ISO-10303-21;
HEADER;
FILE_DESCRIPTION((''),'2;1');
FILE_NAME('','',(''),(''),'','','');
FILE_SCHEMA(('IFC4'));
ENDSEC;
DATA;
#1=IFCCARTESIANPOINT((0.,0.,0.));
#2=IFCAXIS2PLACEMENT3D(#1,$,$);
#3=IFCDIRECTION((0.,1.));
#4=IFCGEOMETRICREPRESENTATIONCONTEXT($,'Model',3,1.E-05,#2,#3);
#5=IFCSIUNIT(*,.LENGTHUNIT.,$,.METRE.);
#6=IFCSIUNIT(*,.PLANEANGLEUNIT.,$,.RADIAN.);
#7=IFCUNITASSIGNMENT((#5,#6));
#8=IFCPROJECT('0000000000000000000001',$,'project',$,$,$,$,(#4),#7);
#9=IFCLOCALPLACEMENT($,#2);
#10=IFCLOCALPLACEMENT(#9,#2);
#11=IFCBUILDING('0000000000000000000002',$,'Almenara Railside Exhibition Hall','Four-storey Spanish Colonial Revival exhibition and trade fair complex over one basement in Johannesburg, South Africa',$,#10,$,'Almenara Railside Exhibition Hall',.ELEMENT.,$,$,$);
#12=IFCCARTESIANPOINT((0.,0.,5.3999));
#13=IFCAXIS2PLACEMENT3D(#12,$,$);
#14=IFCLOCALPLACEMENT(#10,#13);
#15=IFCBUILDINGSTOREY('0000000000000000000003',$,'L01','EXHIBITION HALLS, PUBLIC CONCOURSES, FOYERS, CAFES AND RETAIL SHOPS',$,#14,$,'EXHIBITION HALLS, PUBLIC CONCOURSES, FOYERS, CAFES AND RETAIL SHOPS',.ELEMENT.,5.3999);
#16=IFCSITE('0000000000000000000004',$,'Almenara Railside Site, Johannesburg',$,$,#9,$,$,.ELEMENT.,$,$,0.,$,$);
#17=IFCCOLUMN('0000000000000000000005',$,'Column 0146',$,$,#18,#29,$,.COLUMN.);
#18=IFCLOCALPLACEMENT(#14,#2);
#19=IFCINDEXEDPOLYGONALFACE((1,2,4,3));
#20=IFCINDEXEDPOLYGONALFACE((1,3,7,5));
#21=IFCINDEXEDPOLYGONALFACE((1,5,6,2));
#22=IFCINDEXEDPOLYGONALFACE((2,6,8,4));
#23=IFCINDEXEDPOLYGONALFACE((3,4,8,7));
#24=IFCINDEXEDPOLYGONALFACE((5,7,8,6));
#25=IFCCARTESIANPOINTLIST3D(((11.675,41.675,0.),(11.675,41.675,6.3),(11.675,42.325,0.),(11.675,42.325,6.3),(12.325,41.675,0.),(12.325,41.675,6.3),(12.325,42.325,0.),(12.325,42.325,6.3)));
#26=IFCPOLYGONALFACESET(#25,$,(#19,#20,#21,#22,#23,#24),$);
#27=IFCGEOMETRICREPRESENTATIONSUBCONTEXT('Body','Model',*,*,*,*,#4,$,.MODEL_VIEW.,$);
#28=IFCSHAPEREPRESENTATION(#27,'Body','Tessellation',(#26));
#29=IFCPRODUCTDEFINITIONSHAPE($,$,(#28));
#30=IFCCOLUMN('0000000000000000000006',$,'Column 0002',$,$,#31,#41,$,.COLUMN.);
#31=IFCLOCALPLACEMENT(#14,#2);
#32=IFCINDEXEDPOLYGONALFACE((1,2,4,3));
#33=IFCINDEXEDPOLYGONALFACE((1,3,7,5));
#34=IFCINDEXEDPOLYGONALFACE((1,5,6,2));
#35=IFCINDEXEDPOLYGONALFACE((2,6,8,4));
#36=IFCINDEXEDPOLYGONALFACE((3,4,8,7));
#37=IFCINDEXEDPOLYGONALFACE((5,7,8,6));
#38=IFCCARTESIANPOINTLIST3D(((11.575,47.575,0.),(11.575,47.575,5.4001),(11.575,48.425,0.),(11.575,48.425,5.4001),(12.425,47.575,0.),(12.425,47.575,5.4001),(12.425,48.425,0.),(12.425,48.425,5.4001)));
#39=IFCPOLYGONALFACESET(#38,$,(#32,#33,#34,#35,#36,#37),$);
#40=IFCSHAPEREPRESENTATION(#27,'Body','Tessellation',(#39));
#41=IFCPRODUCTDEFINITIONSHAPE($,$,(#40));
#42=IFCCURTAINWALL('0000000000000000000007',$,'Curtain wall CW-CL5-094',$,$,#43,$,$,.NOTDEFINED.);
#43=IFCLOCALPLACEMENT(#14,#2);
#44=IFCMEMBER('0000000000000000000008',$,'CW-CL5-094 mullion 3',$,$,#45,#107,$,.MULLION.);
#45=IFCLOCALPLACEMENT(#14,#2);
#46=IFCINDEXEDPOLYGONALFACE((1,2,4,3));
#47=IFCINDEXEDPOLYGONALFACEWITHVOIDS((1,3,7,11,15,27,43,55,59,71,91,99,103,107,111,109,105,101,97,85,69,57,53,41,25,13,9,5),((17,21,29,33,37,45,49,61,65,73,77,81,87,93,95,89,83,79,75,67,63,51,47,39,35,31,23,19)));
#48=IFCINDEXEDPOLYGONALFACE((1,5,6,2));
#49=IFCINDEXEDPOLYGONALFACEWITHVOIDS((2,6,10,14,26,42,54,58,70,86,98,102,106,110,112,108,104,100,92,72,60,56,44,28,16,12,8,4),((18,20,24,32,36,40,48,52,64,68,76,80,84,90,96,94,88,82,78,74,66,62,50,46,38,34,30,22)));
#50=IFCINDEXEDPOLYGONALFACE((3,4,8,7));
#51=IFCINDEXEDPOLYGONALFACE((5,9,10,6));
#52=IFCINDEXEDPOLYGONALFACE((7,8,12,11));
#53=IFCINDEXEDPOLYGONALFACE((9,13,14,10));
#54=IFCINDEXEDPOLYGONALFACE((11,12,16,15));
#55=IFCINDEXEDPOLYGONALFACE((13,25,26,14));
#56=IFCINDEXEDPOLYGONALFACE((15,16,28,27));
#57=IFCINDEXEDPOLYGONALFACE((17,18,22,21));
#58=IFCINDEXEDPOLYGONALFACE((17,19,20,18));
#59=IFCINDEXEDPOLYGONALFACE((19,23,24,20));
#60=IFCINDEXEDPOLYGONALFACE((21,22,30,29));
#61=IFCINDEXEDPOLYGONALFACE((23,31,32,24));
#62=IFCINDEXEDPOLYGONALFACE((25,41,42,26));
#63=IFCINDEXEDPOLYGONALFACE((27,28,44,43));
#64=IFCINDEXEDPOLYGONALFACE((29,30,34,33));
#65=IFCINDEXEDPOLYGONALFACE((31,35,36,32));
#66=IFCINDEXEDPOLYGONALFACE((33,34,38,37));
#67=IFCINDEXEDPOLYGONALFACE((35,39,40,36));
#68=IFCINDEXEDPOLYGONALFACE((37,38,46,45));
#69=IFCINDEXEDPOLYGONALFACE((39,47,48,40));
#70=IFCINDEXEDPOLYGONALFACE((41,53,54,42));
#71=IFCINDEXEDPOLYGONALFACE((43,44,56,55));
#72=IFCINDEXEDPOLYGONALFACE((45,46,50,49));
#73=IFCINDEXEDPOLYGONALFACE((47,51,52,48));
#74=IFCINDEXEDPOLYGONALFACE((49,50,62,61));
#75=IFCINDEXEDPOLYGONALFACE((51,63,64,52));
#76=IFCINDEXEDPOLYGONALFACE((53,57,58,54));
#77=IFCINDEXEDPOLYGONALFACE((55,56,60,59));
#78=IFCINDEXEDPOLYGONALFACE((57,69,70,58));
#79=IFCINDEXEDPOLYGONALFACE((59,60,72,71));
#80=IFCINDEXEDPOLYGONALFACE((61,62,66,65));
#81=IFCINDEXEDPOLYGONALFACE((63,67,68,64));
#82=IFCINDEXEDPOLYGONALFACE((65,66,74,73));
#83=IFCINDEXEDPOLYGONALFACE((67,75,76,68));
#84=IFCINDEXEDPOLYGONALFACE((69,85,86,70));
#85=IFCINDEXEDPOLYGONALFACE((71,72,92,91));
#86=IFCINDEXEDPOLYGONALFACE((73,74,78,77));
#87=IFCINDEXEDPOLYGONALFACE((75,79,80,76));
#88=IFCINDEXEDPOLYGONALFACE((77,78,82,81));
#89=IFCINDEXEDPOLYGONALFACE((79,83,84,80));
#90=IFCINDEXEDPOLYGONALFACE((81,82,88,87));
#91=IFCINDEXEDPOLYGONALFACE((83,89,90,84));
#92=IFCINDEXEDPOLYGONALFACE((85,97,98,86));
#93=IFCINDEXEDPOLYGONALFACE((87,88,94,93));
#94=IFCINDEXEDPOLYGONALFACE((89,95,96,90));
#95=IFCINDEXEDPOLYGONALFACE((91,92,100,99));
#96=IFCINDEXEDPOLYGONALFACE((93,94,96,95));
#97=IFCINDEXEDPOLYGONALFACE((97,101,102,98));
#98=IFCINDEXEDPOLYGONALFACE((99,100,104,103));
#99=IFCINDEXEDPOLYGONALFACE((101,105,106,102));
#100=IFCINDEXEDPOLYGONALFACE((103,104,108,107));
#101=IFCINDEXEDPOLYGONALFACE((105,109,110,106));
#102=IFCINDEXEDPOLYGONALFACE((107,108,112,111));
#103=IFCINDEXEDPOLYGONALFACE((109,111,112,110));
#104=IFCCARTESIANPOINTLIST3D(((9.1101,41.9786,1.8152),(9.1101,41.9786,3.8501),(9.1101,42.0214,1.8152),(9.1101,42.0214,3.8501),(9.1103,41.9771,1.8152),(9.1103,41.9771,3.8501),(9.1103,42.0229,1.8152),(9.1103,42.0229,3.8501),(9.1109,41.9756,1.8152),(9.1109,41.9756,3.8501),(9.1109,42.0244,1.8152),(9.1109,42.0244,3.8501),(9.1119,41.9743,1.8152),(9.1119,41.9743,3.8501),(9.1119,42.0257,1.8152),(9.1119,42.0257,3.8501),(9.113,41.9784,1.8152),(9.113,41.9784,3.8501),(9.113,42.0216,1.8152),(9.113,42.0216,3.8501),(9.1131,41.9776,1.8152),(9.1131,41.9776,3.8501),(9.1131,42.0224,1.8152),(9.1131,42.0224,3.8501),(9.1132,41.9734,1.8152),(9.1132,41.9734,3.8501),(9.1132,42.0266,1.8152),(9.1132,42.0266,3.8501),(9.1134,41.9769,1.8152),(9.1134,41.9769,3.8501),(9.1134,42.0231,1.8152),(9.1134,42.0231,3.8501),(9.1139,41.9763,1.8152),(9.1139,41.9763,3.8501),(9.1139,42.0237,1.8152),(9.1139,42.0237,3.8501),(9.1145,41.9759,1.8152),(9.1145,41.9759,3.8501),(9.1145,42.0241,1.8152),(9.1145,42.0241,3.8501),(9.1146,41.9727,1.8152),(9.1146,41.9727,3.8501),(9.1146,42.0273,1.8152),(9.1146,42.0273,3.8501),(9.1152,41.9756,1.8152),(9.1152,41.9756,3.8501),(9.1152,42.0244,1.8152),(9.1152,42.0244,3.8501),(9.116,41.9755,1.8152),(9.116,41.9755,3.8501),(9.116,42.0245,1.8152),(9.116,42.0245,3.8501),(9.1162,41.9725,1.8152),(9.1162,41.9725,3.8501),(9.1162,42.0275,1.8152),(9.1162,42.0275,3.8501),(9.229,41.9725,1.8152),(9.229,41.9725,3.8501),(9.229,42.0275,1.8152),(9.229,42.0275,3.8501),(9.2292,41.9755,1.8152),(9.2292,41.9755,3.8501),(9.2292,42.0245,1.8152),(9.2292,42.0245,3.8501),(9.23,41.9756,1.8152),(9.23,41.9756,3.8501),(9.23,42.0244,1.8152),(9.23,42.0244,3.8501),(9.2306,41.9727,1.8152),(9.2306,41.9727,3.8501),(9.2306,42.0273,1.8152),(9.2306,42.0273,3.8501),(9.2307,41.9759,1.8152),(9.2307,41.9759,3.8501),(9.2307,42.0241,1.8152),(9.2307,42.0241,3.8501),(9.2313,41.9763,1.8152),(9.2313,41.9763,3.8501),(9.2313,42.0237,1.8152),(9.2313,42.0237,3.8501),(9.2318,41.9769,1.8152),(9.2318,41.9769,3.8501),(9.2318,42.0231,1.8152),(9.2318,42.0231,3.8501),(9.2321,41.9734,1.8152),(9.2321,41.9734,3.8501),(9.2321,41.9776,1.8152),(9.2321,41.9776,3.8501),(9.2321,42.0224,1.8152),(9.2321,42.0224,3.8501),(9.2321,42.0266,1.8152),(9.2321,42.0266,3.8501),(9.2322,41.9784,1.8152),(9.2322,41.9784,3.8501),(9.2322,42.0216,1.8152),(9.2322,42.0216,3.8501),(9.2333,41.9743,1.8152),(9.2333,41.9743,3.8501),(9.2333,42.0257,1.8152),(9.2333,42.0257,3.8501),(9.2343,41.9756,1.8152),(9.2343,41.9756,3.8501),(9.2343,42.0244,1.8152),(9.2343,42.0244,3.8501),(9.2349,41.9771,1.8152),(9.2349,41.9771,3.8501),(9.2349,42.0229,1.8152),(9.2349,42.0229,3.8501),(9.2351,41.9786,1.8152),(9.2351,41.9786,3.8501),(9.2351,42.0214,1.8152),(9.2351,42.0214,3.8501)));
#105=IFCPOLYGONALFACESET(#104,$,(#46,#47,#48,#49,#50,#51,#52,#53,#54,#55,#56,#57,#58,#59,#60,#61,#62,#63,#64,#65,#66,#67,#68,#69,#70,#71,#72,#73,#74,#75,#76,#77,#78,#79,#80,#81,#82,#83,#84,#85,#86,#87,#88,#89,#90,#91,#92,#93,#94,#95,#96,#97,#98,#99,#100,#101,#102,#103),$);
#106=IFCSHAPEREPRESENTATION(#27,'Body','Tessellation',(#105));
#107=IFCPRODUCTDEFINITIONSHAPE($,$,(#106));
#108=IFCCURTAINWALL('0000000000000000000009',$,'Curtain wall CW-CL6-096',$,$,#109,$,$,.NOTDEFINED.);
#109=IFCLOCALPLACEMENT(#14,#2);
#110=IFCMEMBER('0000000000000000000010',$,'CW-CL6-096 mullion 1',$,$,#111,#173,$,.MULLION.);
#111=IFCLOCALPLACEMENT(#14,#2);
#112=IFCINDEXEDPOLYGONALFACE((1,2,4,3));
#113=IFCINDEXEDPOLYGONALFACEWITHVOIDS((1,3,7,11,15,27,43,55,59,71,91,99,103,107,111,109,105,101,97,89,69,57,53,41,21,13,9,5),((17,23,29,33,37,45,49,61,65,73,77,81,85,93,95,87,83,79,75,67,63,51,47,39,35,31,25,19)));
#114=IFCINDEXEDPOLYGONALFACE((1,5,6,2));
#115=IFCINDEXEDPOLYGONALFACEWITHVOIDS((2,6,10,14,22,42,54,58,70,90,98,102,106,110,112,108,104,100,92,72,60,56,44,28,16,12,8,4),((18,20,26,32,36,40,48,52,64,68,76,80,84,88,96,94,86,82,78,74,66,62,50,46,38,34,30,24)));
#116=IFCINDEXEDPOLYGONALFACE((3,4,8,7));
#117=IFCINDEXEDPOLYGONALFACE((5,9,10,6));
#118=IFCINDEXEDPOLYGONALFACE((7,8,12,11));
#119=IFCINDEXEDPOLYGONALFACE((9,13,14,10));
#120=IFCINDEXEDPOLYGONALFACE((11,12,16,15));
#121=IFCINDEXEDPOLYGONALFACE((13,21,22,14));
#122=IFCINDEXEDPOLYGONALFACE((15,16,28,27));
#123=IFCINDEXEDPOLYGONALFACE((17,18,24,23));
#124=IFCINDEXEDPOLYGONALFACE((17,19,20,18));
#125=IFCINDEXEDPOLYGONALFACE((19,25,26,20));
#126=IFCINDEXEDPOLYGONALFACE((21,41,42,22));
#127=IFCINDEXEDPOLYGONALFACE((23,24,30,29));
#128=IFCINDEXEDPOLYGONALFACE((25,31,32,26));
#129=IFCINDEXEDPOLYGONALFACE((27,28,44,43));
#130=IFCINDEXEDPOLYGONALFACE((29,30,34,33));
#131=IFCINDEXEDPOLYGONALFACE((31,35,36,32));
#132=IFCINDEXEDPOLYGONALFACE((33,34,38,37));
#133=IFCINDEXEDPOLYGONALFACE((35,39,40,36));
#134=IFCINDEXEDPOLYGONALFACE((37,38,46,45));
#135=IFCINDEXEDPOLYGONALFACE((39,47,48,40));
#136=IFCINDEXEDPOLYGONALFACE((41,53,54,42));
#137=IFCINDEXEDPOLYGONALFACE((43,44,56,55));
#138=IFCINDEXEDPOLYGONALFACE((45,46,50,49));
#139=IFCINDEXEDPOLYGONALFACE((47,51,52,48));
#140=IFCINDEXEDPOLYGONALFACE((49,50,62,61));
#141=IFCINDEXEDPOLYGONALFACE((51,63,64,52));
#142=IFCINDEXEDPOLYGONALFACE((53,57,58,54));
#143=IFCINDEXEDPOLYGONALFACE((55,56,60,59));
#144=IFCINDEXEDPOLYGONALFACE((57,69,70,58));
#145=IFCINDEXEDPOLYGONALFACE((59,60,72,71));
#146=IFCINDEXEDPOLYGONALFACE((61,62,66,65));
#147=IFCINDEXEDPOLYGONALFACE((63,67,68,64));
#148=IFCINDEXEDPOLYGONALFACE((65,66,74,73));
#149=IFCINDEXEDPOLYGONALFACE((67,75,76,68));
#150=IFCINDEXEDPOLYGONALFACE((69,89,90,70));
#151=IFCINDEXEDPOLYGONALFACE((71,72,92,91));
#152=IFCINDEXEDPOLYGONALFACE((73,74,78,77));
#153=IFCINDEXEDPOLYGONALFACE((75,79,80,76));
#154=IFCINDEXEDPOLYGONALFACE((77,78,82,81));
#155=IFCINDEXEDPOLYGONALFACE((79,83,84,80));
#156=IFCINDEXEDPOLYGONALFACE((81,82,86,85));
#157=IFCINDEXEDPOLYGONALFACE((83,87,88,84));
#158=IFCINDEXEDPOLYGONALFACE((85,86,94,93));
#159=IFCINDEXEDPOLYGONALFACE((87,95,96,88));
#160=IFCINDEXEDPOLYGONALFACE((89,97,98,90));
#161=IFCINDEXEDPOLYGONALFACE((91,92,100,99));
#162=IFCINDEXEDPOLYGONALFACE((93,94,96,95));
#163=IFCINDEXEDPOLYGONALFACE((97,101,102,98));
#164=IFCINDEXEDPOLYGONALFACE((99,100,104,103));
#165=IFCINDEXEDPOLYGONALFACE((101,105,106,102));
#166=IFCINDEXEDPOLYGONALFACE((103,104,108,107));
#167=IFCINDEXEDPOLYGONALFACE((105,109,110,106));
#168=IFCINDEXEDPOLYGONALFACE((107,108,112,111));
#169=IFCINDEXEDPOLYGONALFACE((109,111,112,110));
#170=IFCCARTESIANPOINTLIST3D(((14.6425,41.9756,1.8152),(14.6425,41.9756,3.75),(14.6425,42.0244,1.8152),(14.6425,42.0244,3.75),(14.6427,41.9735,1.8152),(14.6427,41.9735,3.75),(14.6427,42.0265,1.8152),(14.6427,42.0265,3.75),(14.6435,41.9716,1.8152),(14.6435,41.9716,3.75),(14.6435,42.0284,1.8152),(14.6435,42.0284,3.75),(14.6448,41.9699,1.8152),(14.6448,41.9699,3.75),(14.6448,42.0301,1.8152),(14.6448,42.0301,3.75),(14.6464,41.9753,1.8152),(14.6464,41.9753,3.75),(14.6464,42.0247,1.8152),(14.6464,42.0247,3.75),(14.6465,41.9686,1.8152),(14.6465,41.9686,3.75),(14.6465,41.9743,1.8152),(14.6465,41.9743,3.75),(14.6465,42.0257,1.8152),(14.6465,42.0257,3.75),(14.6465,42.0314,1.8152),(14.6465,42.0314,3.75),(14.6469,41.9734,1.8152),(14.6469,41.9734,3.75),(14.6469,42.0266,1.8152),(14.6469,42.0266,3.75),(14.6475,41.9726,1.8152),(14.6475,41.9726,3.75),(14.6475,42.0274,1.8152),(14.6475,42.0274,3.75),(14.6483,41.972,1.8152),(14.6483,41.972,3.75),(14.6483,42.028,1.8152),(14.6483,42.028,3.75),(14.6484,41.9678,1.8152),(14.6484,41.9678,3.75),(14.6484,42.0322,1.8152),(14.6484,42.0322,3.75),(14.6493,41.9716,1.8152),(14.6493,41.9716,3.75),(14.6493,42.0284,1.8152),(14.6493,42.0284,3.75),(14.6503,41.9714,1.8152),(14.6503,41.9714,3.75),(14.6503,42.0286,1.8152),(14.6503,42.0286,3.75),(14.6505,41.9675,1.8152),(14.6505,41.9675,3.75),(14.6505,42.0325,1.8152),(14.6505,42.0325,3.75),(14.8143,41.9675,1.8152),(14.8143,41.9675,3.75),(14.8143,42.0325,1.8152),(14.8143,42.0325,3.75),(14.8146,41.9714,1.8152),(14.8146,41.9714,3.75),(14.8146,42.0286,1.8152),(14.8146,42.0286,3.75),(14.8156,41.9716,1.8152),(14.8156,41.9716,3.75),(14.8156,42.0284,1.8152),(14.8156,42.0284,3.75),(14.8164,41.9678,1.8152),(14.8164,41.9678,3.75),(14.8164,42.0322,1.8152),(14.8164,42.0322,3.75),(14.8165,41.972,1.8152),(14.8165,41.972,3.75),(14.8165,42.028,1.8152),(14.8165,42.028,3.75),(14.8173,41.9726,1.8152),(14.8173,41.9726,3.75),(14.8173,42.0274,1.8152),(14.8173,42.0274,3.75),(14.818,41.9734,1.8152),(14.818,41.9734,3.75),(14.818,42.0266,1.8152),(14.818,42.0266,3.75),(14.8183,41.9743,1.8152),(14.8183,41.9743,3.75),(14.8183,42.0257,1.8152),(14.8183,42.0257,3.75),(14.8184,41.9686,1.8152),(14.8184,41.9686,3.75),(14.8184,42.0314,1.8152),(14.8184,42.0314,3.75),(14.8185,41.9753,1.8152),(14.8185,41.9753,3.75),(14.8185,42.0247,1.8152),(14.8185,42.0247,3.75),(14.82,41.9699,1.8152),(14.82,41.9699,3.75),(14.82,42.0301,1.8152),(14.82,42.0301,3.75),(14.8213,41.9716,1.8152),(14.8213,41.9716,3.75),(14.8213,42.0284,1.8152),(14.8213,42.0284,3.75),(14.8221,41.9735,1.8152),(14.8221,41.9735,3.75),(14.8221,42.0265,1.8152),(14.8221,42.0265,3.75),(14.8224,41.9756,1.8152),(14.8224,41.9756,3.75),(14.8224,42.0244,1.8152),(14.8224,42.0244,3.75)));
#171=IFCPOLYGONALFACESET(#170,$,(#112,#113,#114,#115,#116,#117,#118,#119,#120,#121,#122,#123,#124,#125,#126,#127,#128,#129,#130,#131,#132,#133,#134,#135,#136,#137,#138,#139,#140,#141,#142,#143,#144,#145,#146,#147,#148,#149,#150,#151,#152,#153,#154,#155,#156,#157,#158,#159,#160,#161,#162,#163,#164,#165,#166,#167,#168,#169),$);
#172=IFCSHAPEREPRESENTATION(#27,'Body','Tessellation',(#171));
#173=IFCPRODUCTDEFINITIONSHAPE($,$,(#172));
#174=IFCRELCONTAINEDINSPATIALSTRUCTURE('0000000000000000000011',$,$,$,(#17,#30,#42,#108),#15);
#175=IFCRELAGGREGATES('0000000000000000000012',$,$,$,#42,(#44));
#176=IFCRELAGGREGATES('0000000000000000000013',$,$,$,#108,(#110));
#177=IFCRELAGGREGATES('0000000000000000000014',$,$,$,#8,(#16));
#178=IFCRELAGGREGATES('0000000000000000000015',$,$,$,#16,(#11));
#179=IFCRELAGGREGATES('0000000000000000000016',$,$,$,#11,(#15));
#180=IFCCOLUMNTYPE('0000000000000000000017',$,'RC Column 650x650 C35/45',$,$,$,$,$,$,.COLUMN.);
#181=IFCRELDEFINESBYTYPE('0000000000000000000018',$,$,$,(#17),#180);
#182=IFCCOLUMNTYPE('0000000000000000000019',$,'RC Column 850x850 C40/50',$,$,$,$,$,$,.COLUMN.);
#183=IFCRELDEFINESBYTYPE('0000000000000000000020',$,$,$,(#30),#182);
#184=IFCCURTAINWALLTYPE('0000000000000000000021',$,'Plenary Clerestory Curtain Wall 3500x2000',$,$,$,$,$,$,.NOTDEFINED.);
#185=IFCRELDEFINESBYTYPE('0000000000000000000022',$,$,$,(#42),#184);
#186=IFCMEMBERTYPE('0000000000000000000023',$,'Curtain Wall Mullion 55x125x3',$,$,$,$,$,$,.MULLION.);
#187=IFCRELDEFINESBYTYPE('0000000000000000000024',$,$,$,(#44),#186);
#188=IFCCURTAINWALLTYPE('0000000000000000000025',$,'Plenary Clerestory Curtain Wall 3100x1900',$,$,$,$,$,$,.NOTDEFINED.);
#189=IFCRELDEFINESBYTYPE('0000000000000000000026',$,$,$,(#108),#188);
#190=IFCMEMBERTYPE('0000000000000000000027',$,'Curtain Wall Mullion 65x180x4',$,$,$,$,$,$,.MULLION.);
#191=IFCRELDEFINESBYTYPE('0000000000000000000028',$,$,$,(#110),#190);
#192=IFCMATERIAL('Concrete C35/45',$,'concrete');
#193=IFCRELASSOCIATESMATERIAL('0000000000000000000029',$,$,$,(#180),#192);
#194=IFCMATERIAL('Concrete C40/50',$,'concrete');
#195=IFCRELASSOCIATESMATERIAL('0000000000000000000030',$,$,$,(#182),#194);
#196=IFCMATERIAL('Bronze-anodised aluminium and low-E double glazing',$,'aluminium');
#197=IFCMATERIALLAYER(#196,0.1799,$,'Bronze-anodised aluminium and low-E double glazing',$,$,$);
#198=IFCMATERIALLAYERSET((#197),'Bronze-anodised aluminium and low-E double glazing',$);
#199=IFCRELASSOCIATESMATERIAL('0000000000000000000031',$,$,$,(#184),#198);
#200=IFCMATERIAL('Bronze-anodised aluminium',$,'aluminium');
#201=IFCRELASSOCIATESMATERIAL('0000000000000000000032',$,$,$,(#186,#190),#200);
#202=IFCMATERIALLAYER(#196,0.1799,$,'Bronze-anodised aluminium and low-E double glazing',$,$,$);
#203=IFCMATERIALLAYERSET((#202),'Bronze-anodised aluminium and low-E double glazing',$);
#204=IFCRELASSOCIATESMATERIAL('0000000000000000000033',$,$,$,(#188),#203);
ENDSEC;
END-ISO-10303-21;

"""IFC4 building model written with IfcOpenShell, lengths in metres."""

from ifc_helpers import new_model, si_unit, direction, frame, origin, origin_2d, place, context, subcontext, project, spatial, rectangle, hollow_rectangle, extrude, material, layer, layer_set, material_profile, profile_set, type_object, element, aggregate, save


model = new_model("IFC4")

# Units and contexts
model_context = context("Model", 3, precision=1e-05, world=origin(), true_north=direction((0.0, 1.0)))
body_context = subcontext(model_context, "Body", "Model", "MODEL_VIEW")
ifc_project = project(units=[si_unit("LENGTHUNIT", "METRE"), si_unit("PLANEANGLEUNIT", "RADIAN")], contexts=[model_context])

# Site, building, storey
site_placement = place(None, origin())
site = spatial("IfcSite", under=ifc_project, at=site_placement, Name="Almenara Railside Site, Johannesburg", CompositionType="ELEMENT", RefElevation=0.0)
building_placement = place(site_placement, origin())
building = spatial("IfcBuilding", under=site, at=building_placement, Name="Almenara Railside Exhibition Hall", Description="Four-storey Spanish Colonial Revival exhibition and trade fair complex over one basement in Johannesburg, South Africa", LongName="Almenara Railside Exhibition Hall", CompositionType="ELEMENT")
storey_placement = place(building_placement, frame((0.0, 0.0, 5.3999)))
storey = spatial("IfcBuildingStorey", under=building, at=storey_placement, Name="L01", Description="EXHIBITION HALLS, PUBLIC CONCOURSES, FOYERS, CAFES AND RETAIL SHOPS", LongName="EXHIBITION HALLS, PUBLIC CONCOURSES, FOYERS, CAFES AND RETAIL SHOPS", CompositionType="ELEMENT", Elevation=5.3999)

# Columns
ifc_material_1 = material(Name="Concrete C35/45", Category="concrete")
ifc_material_profile_1 = material_profile(ifc_material_1, rectangle(XDim=0.6499, YDim=0.6499, at=origin_2d()), Name="RC 650x650")
ifc_profile_set_1 = profile_set([ifc_material_profile_1], Name="Concrete C35/45")
column_type_1 = type_object("IfcColumnType", Name="RC Column 650x650 C35/45", PredefinedType="COLUMN", material=ifc_profile_set_1)
column_1_placement = place(storey_placement, frame((12.0, 42.0, 0.0), z_axis=(0.0, 0.0, 1.0), x_axis=(1.0, 0.0, 0.0)))
element("IfcColumn", 1, at=column_1_placement, inside=storey, type_object=column_type_1, Name="Column 0146", PredefinedType="COLUMN", context=body_context, shape_type="SweptSolid", body=[
    extrude(rectangle(XDim=0.6499, YDim=0.6499, at=origin_2d()), origin(), (0.0, 0.0, 1.0), 6.3),
])
ifc_material_2 = material(Name="Concrete C40/50", Category="concrete")
ifc_material_profile_2 = material_profile(ifc_material_2, rectangle(XDim=0.8501, YDim=0.8501, at=origin_2d()), Name="RC 850x850")
ifc_profile_set_2 = profile_set([ifc_material_profile_2], Name="Concrete C40/50")
column_type_2 = type_object("IfcColumnType", Name="RC Column 850x850 C40/50", PredefinedType="COLUMN", material=ifc_profile_set_2)
column_2_placement = place(storey_placement, frame((12.0, 48.0, 0.0), z_axis=(0.0, 0.0, 1.0), x_axis=(1.0, 0.0, 0.0)))
element("IfcColumn", 2, at=column_2_placement, inside=storey, type_object=column_type_2, Name="Column 0002", PredefinedType="COLUMN", context=body_context, shape_type="SweptSolid", body=[
    extrude(rectangle(XDim=0.8501, YDim=0.8501, at=origin_2d()), origin(), (0.0, 0.0, 1.0), 5.4001),
])

# Curtain wall, member
ifc_material_3 = material(Name="Bronze-anodised aluminium and low-E double glazing", Category="aluminium")
ifc_layer_1 = layer(ifc_material_3, 0.1799, Name="Bronze-anodised aluminium and low-E double glazing")
ifc_layer_set_1 = layer_set([ifc_layer_1], Name="Bronze-anodised aluminium and low-E double glazing")
curtain_wall_type_1 = type_object("IfcCurtainWallType", Name="Plenary Clerestory Curtain Wall 3500x2000", PredefinedType="NOTDEFINED", material=ifc_layer_set_1)
curtain_wall_1_placement = place(storey_placement, origin())
curtain_wall_1 = element("IfcCurtainWall", 3, at=curtain_wall_1_placement, inside=storey, type_object=curtain_wall_type_1, Name="Curtain wall CW-CL5-094", PredefinedType="NOTDEFINED")
ifc_material_4 = material(Name="Bronze-anodised aluminium", Category="aluminium")
ifc_material_profile_3 = material_profile(ifc_material_4, hollow_rectangle(XDim=0.0549, YDim=0.125, WallThickness=0.0029, InnerFilletRadius=0.0029, OuterFilletRadius=0.0061, at=origin_2d()), Name="ALU-MUL 55x125x3")
ifc_profile_set_3 = profile_set([ifc_material_profile_3], Name="Bronze-anodised aluminium")
member_type_1 = type_object("IfcMemberType", Name="Curtain Wall Mullion 55x125x3", PredefinedType="MULLION", material=ifc_profile_set_3)
member_1_placement = place(storey_placement, frame((9.1726, 42.0, 1.8152), z_axis=(0.0, 0.0, 1.0), x_axis=(0.0, 1.0, 0.0)))
member_1 = element("IfcMember", 4, at=member_1_placement, type_object=member_type_1, Name="CW-CL5-094 mullion 3", PredefinedType="MULLION", context=body_context, shape_type="SweptSolid", body=[
    extrude(hollow_rectangle(XDim=0.0549, YDim=0.125, WallThickness=0.0029, InnerFilletRadius=0.0029, OuterFilletRadius=0.0061, at=origin_2d()), origin(), (0.0, 0.0, 1.0), 2.0349),
])

# Curtain wall, member
ifc_layer_2 = layer(ifc_material_3, 0.1799, Name="Bronze-anodised aluminium and low-E double glazing")
ifc_layer_set_2 = layer_set([ifc_layer_2], Name="Bronze-anodised aluminium and low-E double glazing")
curtain_wall_type_2 = type_object("IfcCurtainWallType", Name="Plenary Clerestory Curtain Wall 3100x1900", PredefinedType="NOTDEFINED", material=ifc_layer_set_2)
curtain_wall_2_placement = place(storey_placement, origin())
curtain_wall_2 = element("IfcCurtainWall", 5, at=curtain_wall_2_placement, inside=storey, type_object=curtain_wall_type_2, Name="Curtain wall CW-CL6-096", PredefinedType="NOTDEFINED")
ifc_material_profile_4 = material_profile(ifc_material_4, hollow_rectangle(XDim=0.0649, YDim=0.1799, WallThickness=0.0039, InnerFilletRadius=0.0039, OuterFilletRadius=0.0081, at=origin_2d()), Name="ALU-MUL 65x180x4")
ifc_profile_set_4 = profile_set([ifc_material_profile_4], Name="Bronze-anodised aluminium")
member_type_2 = type_object("IfcMemberType", Name="Curtain Wall Mullion 65x180x4", PredefinedType="MULLION", material=ifc_profile_set_4)
member_2_placement = place(storey_placement, frame((14.7324, 42.0, 1.8152), z_axis=(0.0, 0.0, 1.0), x_axis=(0.0, 1.0, 0.0)))
member_2 = element("IfcMember", 6, at=member_2_placement, type_object=member_type_2, Name="CW-CL6-096 mullion 1", PredefinedType="MULLION", context=body_context, shape_type="SweptSolid", body=[
    extrude(hollow_rectangle(XDim=0.0649, YDim=0.1799, WallThickness=0.0039, InnerFilletRadius=0.0039, OuterFilletRadius=0.0081, at=origin_2d()), origin(), (0.0, 0.0, 1.0), 1.9348),
])

aggregate(curtain_wall_1, [member_1])
aggregate(curtain_wall_2, [member_2])

save(model, "model.ifc")
